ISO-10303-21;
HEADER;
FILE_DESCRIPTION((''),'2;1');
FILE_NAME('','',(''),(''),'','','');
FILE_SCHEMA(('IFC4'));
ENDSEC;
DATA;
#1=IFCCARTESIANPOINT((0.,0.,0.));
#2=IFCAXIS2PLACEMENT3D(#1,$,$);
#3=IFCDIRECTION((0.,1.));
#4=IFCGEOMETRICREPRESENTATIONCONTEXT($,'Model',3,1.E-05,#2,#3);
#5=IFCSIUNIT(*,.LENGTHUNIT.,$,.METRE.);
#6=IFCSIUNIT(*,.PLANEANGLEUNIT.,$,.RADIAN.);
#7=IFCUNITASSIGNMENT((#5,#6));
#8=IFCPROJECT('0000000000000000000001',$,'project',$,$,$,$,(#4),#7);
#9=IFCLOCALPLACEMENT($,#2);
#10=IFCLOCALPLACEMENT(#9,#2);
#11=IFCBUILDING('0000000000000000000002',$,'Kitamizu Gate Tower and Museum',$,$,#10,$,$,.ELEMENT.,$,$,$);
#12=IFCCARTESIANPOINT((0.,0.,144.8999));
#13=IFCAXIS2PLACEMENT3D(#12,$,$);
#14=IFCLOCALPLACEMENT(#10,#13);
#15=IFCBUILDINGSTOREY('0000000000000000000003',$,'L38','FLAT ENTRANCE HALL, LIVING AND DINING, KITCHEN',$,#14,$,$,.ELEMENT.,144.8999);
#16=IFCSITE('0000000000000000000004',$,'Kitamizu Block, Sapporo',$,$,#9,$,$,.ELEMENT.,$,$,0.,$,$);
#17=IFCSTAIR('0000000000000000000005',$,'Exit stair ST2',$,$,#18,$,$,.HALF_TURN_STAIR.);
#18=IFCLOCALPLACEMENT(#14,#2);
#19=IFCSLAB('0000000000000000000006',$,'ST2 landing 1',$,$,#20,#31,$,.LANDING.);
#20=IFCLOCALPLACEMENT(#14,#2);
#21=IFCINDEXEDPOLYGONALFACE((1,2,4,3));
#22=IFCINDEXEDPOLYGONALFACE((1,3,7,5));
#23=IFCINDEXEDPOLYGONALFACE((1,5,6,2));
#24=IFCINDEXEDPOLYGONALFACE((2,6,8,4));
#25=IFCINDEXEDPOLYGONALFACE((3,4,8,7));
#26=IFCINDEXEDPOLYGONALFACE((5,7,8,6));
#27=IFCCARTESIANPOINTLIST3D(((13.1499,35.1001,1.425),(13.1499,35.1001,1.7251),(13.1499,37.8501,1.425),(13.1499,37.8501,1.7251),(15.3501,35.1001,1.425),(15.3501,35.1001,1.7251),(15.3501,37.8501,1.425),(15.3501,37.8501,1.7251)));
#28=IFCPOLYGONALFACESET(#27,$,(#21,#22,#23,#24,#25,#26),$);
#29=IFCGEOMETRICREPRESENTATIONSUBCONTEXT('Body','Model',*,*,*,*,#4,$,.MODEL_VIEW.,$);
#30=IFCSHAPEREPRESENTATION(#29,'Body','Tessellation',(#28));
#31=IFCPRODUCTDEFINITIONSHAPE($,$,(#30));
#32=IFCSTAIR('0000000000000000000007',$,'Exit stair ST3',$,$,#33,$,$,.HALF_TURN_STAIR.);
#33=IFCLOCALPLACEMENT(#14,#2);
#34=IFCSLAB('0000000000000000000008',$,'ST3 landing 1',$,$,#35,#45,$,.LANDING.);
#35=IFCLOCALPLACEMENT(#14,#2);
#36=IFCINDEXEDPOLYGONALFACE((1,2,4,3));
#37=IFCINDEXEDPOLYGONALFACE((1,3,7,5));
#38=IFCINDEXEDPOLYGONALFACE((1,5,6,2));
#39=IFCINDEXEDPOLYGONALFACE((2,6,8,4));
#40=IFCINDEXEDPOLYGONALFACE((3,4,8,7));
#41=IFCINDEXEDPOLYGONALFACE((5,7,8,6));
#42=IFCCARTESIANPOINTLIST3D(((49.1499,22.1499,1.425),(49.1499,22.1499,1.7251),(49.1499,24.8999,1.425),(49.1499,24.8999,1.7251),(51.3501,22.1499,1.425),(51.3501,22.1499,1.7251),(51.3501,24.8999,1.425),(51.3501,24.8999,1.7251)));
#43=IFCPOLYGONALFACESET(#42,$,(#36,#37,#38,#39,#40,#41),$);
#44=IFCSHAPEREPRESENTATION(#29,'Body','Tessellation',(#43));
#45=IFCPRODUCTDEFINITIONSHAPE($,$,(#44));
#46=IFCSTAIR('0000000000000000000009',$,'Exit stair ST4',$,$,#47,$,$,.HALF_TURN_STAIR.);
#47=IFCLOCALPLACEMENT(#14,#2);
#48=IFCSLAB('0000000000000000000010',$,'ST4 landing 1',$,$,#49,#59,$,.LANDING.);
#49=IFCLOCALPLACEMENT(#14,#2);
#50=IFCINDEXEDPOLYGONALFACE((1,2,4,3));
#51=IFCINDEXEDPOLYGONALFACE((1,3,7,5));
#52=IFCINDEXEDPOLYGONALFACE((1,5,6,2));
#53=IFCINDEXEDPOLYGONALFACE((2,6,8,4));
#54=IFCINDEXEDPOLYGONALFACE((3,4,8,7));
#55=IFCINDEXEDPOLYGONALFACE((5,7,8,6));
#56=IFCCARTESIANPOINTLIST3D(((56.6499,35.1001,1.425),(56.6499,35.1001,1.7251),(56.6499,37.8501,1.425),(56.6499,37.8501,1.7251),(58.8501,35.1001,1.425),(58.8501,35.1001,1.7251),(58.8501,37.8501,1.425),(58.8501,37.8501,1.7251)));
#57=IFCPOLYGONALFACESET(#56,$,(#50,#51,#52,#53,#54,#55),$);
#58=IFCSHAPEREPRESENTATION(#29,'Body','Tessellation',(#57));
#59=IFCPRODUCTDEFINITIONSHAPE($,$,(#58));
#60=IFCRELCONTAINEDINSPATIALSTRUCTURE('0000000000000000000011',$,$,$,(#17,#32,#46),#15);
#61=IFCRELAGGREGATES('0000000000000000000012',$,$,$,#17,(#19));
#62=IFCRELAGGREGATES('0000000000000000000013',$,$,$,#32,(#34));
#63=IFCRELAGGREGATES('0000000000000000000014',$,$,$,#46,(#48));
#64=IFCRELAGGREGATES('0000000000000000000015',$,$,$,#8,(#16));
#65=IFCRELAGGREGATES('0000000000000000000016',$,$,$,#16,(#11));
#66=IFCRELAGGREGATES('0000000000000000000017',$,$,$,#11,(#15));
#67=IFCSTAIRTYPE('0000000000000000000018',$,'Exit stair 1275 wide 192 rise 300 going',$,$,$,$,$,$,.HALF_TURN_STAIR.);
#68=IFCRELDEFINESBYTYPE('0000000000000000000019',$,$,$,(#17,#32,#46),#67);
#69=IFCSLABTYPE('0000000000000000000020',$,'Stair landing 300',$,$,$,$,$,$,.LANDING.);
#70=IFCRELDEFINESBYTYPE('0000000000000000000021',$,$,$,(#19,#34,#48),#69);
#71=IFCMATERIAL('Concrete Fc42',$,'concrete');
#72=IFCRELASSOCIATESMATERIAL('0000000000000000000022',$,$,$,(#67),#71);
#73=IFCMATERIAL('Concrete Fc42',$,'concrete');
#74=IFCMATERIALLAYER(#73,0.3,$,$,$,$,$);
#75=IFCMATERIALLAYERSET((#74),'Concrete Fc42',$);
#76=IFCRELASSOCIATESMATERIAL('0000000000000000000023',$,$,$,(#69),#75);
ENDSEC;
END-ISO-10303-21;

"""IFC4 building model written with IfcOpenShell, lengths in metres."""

from ifc_helpers import new_model, si_unit, direction, frame, origin, place, context, subcontext, project, spatial, polyline, outline, extrude, material, layer, layer_set, type_object, element, aggregate, save


model = new_model("IFC4")

# Units and contexts
model_context = context("Model", 3, precision=1e-05, world=origin(), true_north=direction((0.0, 1.0)))
body_context = subcontext(model_context, "Body", "Model", "MODEL_VIEW")
ifc_project = project(units=[si_unit("LENGTHUNIT", "METRE"), si_unit("PLANEANGLEUNIT", "RADIAN")], contexts=[model_context])

# Site, building, storey
site_placement = place(None, origin())
site = spatial("IfcSite", under=ifc_project, at=site_placement, Name="Kitamizu Block, Sapporo", CompositionType="ELEMENT", RefElevation=0.0)
building_placement = place(site_placement, origin())
building = spatial("IfcBuilding", under=site, at=building_placement, Name="Kitamizu Gate Tower and Museum", CompositionType="ELEMENT")
storey_placement = place(building_placement, frame((0.0, 0.0, 144.8999)))
storey = spatial("IfcBuildingStorey", under=building, at=storey_placement, Name="L38", Description="FLAT ENTRANCE HALL, LIVING AND DINING, KITCHEN", CompositionType="ELEMENT", Elevation=144.8999)

# Stairs, slabs
ifc_material_1 = material(Name="Concrete Fc42", Category="concrete")
stair_type = type_object("IfcStairType", Name="Exit stair 1275 wide 192 rise 300 going", PredefinedType="HALF_TURN_STAIR", material=ifc_material_1)
ifc_material_2 = material(Name="Concrete Fc42", Category="concrete")
ifc_layer_1 = layer(ifc_material_2, 0.3)
ifc_layer_set_1 = layer_set([ifc_layer_1], Name="Concrete Fc42")
slab_type_1 = type_object("IfcSlabType", Name="Stair landing 300", PredefinedType="LANDING", material=ifc_layer_set_1)
stair_1_placement = place(storey_placement, origin())
stair_1 = element("IfcStair", 1, at=stair_1_placement, inside=storey, type_object=stair_type, Name="Exit stair ST2", PredefinedType="HALF_TURN_STAIR")
slab_1_placement = place(storey_placement, frame((0.0, 0.0, 1.425)))
slab_1 = element("IfcSlab", 2, at=slab_1_placement, type_object=slab_type_1, Name="ST2 landing 1", PredefinedType="LANDING", context=body_context, shape_type="SweptSolid", body=[
    extrude(outline(polyline([(13.1499, 35.1001), (15.3501, 35.1001), (15.3501, 37.8501), (13.1499, 37.8501), (13.1499, 35.1001)])), origin(), (0.0, 0.0, 1.0), 0.3),
])
aggregate(stair_1, [slab_1])
stair_2_placement = place(storey_placement, origin())
stair_2 = element("IfcStair", 3, at=stair_2_placement, inside=storey, type_object=stair_type, Name="Exit stair ST3", PredefinedType="HALF_TURN_STAIR")
slab_2_placement = place(storey_placement, frame((0.0, 0.0, 1.425)))
slab_2 = element("IfcSlab", 4, at=slab_2_placement, type_object=slab_type_1, Name="ST3 landing 1", PredefinedType="LANDING", context=body_context, shape_type="SweptSolid", body=[
    extrude(outline(polyline([(49.1499, 22.1499), (51.3501, 22.1499), (51.3501, 24.8999), (49.1499, 24.8999), (49.1499, 22.1499)])), origin(), (0.0, 0.0, 1.0), 0.3),
])
aggregate(stair_2, [slab_2])
stair_3_placement = place(storey_placement, origin())
stair_3 = element("IfcStair", 5, at=stair_3_placement, inside=storey, type_object=stair_type, Name="Exit stair ST4", PredefinedType="HALF_TURN_STAIR")
slab_3_placement = place(storey_placement, frame((0.0, 0.0, 1.425)))
slab_3 = element("IfcSlab", 6, at=slab_3_placement, type_object=slab_type_1, Name="ST4 landing 1", PredefinedType="LANDING", context=body_context, shape_type="SweptSolid", body=[
    extrude(outline(polyline([(56.6499, 35.1001), (58.8501, 35.1001), (58.8501, 37.8501), (56.6499, 37.8501), (56.6499, 35.1001)])), origin(), (0.0, 0.0, 1.0), 0.3),
])
aggregate(stair_3, [slab_3])

save(model, "model.ifc")
